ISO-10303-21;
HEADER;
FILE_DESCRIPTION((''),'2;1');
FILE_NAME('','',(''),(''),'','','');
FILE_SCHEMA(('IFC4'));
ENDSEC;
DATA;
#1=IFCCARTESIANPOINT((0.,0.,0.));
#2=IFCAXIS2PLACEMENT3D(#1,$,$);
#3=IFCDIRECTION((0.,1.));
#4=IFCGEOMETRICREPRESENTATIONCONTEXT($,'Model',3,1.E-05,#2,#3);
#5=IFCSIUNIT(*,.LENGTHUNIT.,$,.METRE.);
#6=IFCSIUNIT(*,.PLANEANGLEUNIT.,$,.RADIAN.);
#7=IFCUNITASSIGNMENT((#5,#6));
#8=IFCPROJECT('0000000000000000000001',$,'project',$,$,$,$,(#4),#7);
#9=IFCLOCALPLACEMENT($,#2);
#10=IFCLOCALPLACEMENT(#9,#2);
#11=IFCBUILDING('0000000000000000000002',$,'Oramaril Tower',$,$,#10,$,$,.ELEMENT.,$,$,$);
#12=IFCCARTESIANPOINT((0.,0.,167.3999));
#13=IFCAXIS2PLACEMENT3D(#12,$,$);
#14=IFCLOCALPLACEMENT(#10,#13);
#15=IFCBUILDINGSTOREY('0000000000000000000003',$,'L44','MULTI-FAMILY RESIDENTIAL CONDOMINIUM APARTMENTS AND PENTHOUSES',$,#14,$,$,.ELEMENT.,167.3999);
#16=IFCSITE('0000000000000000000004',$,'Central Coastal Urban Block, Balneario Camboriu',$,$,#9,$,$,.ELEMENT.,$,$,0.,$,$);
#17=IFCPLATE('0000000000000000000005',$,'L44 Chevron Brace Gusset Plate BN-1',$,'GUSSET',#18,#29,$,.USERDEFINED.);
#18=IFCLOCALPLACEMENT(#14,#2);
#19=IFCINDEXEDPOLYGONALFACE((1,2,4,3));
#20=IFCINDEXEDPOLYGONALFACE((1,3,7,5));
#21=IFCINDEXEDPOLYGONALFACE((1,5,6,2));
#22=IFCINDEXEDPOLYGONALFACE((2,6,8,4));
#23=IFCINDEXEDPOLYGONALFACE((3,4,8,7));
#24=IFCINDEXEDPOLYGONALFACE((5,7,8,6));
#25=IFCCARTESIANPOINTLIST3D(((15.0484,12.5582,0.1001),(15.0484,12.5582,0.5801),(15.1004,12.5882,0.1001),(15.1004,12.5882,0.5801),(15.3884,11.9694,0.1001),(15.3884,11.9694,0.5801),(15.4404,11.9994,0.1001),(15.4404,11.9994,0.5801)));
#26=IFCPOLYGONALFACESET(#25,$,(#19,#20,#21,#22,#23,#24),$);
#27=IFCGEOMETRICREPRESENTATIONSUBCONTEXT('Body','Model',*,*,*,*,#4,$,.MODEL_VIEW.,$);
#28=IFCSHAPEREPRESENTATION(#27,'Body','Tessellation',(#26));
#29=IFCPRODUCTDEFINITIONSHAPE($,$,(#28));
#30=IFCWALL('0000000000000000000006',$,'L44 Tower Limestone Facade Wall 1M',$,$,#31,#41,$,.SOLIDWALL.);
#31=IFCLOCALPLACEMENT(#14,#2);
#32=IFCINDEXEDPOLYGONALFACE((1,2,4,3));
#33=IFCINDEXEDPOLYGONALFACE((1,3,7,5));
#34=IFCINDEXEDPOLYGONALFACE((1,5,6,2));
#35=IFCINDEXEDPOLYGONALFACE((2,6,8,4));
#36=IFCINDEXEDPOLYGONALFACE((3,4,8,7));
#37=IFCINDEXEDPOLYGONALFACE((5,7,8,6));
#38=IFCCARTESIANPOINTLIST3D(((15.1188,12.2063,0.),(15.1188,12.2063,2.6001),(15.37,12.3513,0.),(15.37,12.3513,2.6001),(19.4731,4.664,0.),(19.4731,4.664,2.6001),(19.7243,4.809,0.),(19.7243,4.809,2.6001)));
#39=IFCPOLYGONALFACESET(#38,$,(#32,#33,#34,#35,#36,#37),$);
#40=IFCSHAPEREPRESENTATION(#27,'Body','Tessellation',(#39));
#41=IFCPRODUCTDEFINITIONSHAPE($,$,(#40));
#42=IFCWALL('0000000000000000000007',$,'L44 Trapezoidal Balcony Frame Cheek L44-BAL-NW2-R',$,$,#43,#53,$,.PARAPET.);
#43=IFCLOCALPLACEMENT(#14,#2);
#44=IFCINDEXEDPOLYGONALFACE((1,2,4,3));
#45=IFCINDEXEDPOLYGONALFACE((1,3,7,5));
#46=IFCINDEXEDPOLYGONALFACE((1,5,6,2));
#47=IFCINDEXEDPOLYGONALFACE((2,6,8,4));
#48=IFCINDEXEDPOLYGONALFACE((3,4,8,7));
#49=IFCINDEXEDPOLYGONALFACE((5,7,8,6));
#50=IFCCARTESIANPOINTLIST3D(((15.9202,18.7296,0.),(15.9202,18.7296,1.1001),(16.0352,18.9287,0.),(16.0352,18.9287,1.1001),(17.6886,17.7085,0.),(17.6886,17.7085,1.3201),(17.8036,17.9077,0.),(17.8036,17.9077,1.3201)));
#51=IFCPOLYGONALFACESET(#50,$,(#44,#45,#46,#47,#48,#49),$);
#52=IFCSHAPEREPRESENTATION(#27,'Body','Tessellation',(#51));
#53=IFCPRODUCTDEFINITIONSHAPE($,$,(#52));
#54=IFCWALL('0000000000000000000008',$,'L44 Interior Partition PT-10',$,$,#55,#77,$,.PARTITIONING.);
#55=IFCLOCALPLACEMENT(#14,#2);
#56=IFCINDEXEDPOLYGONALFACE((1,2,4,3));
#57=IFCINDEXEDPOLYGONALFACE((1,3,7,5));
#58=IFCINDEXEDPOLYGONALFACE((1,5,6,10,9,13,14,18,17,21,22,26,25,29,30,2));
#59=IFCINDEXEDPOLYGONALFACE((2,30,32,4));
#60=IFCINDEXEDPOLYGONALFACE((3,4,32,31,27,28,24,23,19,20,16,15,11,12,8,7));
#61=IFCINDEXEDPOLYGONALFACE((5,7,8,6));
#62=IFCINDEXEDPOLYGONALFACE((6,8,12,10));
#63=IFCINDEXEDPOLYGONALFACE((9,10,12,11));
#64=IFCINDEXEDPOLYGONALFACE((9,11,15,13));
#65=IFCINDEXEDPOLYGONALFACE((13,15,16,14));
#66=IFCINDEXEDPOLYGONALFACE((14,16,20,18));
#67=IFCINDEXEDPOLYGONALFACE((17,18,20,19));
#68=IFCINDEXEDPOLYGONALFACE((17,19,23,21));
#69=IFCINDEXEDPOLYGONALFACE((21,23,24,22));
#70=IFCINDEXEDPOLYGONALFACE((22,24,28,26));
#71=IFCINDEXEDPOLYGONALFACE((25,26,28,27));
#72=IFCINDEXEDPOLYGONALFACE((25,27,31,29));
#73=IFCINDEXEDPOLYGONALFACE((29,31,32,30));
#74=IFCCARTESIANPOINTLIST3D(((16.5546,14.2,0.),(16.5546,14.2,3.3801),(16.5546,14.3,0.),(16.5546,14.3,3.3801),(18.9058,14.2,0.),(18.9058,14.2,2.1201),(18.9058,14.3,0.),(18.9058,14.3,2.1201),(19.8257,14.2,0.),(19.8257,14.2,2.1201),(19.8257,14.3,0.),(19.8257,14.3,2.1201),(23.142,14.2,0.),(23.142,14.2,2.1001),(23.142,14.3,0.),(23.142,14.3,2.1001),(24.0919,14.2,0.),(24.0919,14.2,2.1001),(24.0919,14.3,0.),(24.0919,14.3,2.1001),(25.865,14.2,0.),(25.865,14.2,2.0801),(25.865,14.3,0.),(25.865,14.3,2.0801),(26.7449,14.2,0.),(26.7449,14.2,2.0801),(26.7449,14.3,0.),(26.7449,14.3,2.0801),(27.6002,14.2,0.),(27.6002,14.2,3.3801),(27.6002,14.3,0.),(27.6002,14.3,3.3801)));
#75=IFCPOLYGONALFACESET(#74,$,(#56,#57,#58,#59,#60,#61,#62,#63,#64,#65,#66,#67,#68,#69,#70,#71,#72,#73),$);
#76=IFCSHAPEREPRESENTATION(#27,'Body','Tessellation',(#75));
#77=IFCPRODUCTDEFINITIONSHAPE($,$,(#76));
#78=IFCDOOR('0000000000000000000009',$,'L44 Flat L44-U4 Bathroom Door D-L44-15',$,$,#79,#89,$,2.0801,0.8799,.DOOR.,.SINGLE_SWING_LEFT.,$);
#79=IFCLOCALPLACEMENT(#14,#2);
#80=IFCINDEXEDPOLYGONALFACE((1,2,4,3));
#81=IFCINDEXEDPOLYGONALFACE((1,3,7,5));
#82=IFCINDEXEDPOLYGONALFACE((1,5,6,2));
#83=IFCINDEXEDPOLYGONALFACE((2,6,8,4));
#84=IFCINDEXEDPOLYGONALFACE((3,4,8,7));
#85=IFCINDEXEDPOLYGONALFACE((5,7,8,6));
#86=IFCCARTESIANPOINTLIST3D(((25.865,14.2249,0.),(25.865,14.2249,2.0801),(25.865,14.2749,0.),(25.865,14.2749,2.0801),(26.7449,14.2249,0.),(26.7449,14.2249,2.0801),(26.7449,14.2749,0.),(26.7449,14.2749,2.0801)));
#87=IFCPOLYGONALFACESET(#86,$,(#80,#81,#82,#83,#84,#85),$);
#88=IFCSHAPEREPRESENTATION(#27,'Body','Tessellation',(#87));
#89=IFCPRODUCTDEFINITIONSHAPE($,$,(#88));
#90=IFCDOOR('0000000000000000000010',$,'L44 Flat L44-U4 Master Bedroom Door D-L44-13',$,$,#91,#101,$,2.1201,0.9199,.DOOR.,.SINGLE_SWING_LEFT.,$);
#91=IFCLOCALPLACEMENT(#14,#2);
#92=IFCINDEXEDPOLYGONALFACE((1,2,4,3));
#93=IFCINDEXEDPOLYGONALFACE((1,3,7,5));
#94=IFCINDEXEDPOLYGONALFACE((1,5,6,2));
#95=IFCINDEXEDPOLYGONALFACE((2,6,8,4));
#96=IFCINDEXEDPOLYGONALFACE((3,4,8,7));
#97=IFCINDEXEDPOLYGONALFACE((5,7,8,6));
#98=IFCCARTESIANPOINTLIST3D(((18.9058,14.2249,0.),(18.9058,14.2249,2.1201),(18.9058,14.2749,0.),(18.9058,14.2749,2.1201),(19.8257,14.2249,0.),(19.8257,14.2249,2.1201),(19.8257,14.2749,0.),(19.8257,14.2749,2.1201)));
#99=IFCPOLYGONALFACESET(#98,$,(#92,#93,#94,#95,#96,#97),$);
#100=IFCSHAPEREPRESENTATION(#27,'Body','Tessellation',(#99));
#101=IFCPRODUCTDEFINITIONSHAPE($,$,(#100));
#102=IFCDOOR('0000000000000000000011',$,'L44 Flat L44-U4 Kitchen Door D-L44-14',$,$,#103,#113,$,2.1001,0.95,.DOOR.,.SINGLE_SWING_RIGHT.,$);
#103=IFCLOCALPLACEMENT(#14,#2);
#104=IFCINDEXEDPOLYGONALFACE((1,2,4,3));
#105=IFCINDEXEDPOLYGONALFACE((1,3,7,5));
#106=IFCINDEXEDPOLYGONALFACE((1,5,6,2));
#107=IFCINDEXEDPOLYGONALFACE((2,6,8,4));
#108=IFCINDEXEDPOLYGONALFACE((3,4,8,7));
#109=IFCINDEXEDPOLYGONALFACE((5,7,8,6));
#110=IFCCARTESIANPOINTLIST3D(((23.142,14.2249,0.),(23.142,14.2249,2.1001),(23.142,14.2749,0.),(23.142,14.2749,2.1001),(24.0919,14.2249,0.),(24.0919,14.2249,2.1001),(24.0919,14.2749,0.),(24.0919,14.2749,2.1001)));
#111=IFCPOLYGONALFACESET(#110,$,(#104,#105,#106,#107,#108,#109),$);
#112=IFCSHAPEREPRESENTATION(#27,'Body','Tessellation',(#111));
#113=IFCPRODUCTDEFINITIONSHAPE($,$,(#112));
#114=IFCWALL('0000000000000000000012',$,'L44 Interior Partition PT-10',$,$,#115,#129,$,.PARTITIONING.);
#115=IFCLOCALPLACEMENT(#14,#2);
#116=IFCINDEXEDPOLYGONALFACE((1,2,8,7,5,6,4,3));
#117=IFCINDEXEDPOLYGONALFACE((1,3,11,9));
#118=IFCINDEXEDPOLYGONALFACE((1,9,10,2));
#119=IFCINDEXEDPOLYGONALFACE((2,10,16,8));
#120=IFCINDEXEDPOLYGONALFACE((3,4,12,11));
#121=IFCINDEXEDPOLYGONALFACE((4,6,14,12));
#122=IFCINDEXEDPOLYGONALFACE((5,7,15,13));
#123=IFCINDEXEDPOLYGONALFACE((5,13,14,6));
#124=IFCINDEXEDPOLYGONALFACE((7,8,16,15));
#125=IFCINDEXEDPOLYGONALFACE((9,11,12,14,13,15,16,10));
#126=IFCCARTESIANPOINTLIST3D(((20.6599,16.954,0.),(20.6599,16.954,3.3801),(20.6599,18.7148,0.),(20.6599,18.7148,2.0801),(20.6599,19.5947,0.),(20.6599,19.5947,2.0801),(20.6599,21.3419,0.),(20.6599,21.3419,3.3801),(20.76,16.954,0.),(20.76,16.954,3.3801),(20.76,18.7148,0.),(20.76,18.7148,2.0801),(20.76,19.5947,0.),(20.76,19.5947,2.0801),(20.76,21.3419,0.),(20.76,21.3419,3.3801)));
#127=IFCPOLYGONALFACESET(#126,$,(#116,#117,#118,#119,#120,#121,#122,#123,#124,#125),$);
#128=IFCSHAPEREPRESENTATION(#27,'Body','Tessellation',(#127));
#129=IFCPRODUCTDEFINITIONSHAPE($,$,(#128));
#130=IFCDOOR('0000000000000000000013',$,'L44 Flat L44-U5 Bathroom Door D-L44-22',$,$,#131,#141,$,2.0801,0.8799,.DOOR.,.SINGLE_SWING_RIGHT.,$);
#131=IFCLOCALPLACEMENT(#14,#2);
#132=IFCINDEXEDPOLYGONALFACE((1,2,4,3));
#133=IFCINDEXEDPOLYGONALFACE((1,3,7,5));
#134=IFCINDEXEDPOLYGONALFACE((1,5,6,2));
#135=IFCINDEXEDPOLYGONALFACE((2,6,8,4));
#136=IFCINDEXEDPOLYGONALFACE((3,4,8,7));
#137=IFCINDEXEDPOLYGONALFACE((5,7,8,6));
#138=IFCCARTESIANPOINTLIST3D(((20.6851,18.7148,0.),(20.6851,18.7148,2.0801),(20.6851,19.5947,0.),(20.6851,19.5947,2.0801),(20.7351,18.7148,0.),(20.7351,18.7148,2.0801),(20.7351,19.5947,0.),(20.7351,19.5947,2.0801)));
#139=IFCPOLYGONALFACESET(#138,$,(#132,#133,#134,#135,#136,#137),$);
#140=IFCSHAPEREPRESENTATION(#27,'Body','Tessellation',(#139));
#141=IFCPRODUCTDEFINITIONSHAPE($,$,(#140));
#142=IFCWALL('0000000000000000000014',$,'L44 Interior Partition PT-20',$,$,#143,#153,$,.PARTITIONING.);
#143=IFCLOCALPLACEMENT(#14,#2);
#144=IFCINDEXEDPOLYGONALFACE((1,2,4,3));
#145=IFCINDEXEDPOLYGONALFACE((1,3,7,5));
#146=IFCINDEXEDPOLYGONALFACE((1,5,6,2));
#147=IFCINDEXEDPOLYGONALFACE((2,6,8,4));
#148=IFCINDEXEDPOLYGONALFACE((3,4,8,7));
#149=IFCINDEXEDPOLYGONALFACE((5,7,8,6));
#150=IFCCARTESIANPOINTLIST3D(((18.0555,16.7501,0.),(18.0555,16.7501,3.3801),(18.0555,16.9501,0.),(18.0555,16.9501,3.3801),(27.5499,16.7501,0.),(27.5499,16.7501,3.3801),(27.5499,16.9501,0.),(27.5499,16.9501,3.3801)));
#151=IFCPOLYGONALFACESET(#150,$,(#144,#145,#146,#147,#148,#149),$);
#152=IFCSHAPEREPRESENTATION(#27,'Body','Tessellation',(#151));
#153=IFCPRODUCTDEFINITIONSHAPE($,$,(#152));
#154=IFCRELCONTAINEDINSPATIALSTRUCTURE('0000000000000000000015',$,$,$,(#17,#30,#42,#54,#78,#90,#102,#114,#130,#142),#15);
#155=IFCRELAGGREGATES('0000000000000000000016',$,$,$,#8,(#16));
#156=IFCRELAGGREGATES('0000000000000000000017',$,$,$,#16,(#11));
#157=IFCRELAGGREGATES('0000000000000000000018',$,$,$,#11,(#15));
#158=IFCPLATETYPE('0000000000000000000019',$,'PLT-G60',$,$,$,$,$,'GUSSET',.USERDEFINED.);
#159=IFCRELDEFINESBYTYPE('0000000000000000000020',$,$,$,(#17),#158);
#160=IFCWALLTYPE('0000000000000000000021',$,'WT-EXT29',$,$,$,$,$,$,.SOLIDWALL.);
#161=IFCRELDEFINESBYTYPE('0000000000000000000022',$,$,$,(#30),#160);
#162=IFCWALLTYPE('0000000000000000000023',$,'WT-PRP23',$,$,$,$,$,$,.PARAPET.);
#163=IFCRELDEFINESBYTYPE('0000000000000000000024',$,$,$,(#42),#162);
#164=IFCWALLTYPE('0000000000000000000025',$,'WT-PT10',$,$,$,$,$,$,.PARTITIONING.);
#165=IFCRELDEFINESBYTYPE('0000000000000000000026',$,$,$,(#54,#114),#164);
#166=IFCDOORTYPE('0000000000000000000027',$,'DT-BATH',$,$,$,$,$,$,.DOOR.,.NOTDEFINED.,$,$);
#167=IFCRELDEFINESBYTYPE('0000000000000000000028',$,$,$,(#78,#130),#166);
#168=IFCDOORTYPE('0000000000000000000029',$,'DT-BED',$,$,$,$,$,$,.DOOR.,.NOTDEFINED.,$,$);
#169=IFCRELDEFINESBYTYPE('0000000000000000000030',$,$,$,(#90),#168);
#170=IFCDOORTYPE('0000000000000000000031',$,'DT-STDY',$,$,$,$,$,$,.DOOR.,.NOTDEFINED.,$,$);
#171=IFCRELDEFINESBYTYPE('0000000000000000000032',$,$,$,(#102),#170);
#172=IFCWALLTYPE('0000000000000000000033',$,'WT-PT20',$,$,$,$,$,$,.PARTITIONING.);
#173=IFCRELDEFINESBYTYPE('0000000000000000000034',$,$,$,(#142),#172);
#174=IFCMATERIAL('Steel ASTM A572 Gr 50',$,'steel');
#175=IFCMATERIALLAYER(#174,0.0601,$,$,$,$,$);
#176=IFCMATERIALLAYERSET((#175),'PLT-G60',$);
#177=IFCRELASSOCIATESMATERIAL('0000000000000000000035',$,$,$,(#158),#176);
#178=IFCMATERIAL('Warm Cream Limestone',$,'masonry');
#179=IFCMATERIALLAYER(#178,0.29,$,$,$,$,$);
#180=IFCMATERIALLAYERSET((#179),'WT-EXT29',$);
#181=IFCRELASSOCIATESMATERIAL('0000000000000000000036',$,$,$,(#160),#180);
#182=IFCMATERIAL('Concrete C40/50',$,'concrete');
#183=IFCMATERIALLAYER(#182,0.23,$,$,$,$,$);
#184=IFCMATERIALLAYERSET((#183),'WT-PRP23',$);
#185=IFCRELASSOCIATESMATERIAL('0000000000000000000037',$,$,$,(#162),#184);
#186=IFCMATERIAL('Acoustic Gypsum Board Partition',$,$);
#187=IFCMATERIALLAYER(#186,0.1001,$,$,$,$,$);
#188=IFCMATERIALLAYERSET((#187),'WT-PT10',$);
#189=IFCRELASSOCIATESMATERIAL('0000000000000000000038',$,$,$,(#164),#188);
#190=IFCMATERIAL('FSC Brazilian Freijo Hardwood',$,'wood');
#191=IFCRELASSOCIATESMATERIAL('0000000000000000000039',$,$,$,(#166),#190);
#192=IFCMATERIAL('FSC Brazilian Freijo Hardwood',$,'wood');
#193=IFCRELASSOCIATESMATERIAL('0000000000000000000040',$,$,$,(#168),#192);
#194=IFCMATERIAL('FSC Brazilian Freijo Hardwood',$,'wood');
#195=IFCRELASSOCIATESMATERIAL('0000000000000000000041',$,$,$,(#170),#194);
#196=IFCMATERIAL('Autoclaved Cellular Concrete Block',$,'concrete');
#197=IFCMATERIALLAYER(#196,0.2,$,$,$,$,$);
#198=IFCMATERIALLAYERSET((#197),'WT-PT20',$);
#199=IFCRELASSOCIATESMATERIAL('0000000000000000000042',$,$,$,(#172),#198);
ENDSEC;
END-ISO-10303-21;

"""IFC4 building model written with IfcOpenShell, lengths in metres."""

from ifc_helpers import new_model, si_unit, direction, frame, frame_2d, origin, origin_2d, place, context, subcontext, project, spatial, polyline, rectangle, outline, extrude, material, layer, layer_set, type_object, element, fill, save


model = new_model("IFC4")

# Units and contexts
model_context = context("Model", 3, precision=1e-05, world=origin(), true_north=direction((0.0, 1.0)))
body_context = subcontext(model_context, "Body", "Model", "MODEL_VIEW")
ifc_project = project(units=[si_unit("LENGTHUNIT", "METRE"), si_unit("PLANEANGLEUNIT", "RADIAN")], contexts=[model_context])

# Site, building, storey
site_placement = place(None, origin())
site = spatial("IfcSite", under=ifc_project, at=site_placement, Name="Central Coastal Urban Block, Balneario Camboriu", CompositionType="ELEMENT", RefElevation=0.0)
building_placement = place(site_placement, origin())
building = spatial("IfcBuilding", under=site, at=building_placement, Name="Oramaril Tower", CompositionType="ELEMENT")
storey_placement = place(building_placement, frame((0.0, 0.0, 167.3999)))
storey = spatial("IfcBuildingStorey", under=building, at=storey_placement, Name="L44", Description="MULTI-FAMILY RESIDENTIAL CONDOMINIUM APARTMENTS AND PENTHOUSES", CompositionType="ELEMENT", Elevation=167.3999)

# Plate
ifc_material_1 = material(Name="Steel ASTM A572 Gr 50", Category="steel")
ifc_layer_1 = layer(ifc_material_1, 0.0601)
ifc_layer_set_1 = layer_set([ifc_layer_1], Name="PLT-G60")
plate_type = type_object("IfcPlateType", Name="PLT-G60", ElementType="GUSSET", PredefinedType="USERDEFINED", material=ifc_layer_set_1)
plate_placement = place(storey_placement, frame((15.2444, 12.2788, 0.1001), z_axis=(0.0, 0.0, 1.0), x_axis=(0.499997, -0.866027, 0.0)))
element("IfcPlate", 1, at=plate_placement, inside=storey, type_object=plate_type, Name="L44 Chevron Brace Gusset Plate BN-1", ObjectType="GUSSET", PredefinedType="USERDEFINED", context=body_context, shape_type="SweptSolid", body=[
    extrude(rectangle(XDim=0.6799, YDim=0.0601, at=origin_2d()), origin(), (0.0, 0.0, 1.0), 0.48),
])

# Walls
ifc_material_2 = material(Name="Warm Cream Limestone", Category="masonry")
ifc_layer_2 = layer(ifc_material_2, 0.29)
ifc_layer_set_2 = layer_set([ifc_layer_2], Name="WT-EXT29")
wall_type_1 = type_object("IfcWallType", Name="WT-EXT29", PredefinedType="SOLIDWALL", material=ifc_layer_set_2)
wall_1_placement = place(storey_placement, frame((15.2444, 12.2788, 0.0), z_axis=(0.0, 0.0, 1.0), x_axis=(0.499977, -0.866039, 0.0)))
element("IfcWall", 2, at=wall_1_placement, inside=storey, type_object=wall_type_1, Name="L44 Tower Limestone Facade Wall 1M", PredefinedType="SOLIDWALL", context=body_context, shape_type="SweptSolid", body=[
    extrude(rectangle(XDim=8.709, YDim=0.29, at=frame_2d((4.3545, 0.0))), origin(), (0.0, 0.0, 1.0), 2.6001),
])
ifc_material_3 = material(Name="Concrete C40/50", Category="concrete")
ifc_layer_3 = layer(ifc_material_3, 0.23)
ifc_layer_set_3 = layer_set([ifc_layer_3], Name="WT-PRP23")
wall_type_2 = type_object("IfcWallType", Name="WT-PRP23", PredefinedType="PARAPET", material=ifc_layer_set_3)
wall_2_placement = place(storey_placement, frame((17.7461, 17.8081, 0.0), z_axis=(0.0, 0.0, 1.0), x_axis=(-0.866012, 0.500023, 0.0)))
element("IfcWall", 3, at=wall_2_placement, inside=storey, type_object=wall_type_2, Name="L44 Trapezoidal Balcony Frame Cheek L44-BAL-NW2-R", PredefinedType="PARAPET", context=body_context, shape_type="SweptSolid", body=[
    extrude(outline(polyline([(0.0, 0.0), (2.042, 0.0), (2.042, 1.1001), (0.0, 1.3201), (0.0, 0.0)])), frame((0.0, 0.115, 0.0), z_axis=(0.0, -1.0, 0.0), x_axis=(1.0, 0.0, 0.0)), (0.0, 0.0, 1.0), 0.23),
])

# Wall, openings, doors
ifc_material_4 = material(Name="Acoustic Gypsum Board Partition")
ifc_layer_4 = layer(ifc_material_4, 0.1001)
ifc_layer_set_4 = layer_set([ifc_layer_4], Name="WT-PT10")
wall_type_3 = type_object("IfcWallType", Name="WT-PT10", PredefinedType="PARTITIONING", material=ifc_layer_set_4)
wall_3_placement = place(storey_placement, frame((16.5544, 14.25, 0.0), z_axis=(0.0, 0.0, 1.0), x_axis=(1.0, 0.0, 0.0)))
wall_3 = element("IfcWall", 4, at=wall_3_placement, inside=storey, type_object=wall_type_3, Name="L44 Interior Partition PT-10", PredefinedType="PARTITIONING", context=body_context, shape_type="SweptSolid", body=[
    extrude(rectangle(XDim=11.0457, YDim=0.1001, at=frame_2d((5.5229, 0.0))), origin(), (0.0, 0.0, 1.0), 3.3801),
])
opening_1_placement = place(wall_3_placement, frame((2.3513, 0.0, 0.0)))
opening_1 = element("IfcOpeningElement", 5, at=opening_1_placement, cuts=wall_3, PredefinedType="OPENING", context=body_context, shape_type="SweptSolid", body=[
    extrude(rectangle(XDim=0.9199, YDim=2.1201, at=frame_2d((0.46, 1.0601))), frame((0.0, 0.05, 0.0), z_axis=(0.0, -1.0, 0.0), x_axis=(1.0, 0.0, 0.0)), (0.0, 0.0, 1.0), 0.1001),
])
opening_2_placement = place(wall_3_placement, frame((6.5874, 0.0, 0.0)))
opening_2 = element("IfcOpeningElement", 6, at=opening_2_placement, cuts=wall_3, PredefinedType="OPENING", context=body_context, shape_type="SweptSolid", body=[
    extrude(rectangle(XDim=0.95, YDim=2.1001, at=frame_2d((0.4751, 1.05))), frame((0.0, 0.05, 0.0), z_axis=(0.0, -1.0, 0.0), x_axis=(1.0, 0.0, 0.0)), (0.0, 0.0, 1.0), 0.1001),
])
opening_3_placement = place(wall_3_placement, frame((9.3105, 0.0, 0.0)))
opening_3 = element("IfcOpeningElement", 7, at=opening_3_placement, cuts=wall_3, PredefinedType="OPENING", context=body_context, shape_type="SweptSolid", body=[
    extrude(rectangle(XDim=0.8799, YDim=2.0801, at=frame_2d((0.4399, 1.04))), frame((0.0, 0.05, 0.0), z_axis=(0.0, -1.0, 0.0), x_axis=(1.0, 0.0, 0.0)), (0.0, 0.0, 1.0), 0.1001),
])
ifc_material_5 = material(Name="FSC Brazilian Freijo Hardwood", Category="wood")
door_type_1 = type_object("IfcDoorType", Name="DT-BATH", OperationType="NOTDEFINED", PredefinedType="DOOR", material=ifc_material_5)
door_1_placement = place(opening_3_placement, origin())
door_1 = element("IfcDoor", 8, at=door_1_placement, inside=storey, type_object=door_type_1, Name="L44 Flat L44-U4 Bathroom Door D-L44-15", OperationType="SINGLE_SWING_LEFT", OverallHeight=2.0801, OverallWidth=0.8799, PredefinedType="DOOR", context=body_context, shape_type="SweptSolid", body=[
    extrude(rectangle(XDim=0.8799, YDim=2.0801, at=frame_2d((0.4399, 1.04))), frame((0.0, 0.0249, 0.0), z_axis=(0.0, -1.0, 0.0), x_axis=(1.0, 0.0, 0.0)), (0.0, 0.0, 1.0), 0.05),
])
fill(opening_3, door_1)
ifc_material_6 = material(Name="FSC Brazilian Freijo Hardwood", Category="wood")
door_type_2 = type_object("IfcDoorType", Name="DT-BED", OperationType="NOTDEFINED", PredefinedType="DOOR", material=ifc_material_6)
door_2_placement = place(opening_1_placement, origin())
door_2 = element("IfcDoor", 9, at=door_2_placement, inside=storey, type_object=door_type_2, Name="L44 Flat L44-U4 Master Bedroom Door D-L44-13", OperationType="SINGLE_SWING_LEFT", OverallHeight=2.1201, OverallWidth=0.9199, PredefinedType="DOOR", context=body_context, shape_type="SweptSolid", body=[
    extrude(rectangle(XDim=0.9199, YDim=2.1201, at=frame_2d((0.46, 1.0601))), frame((0.0, 0.0249, 0.0), z_axis=(0.0, -1.0, 0.0), x_axis=(1.0, 0.0, 0.0)), (0.0, 0.0, 1.0), 0.05),
])
fill(opening_1, door_2)
ifc_material_7 = material(Name="FSC Brazilian Freijo Hardwood", Category="wood")
door_type_3 = type_object("IfcDoorType", Name="DT-STDY", OperationType="NOTDEFINED", PredefinedType="DOOR", material=ifc_material_7)
door_3_placement = place(opening_2_placement, origin())
door_3 = element("IfcDoor", 10, at=door_3_placement, inside=storey, type_object=door_type_3, Name="L44 Flat L44-U4 Kitchen Door D-L44-14", OperationType="SINGLE_SWING_RIGHT", OverallHeight=2.1001, OverallWidth=0.95, PredefinedType="DOOR", context=body_context, shape_type="SweptSolid", body=[
    extrude(rectangle(XDim=0.95, YDim=2.1001, at=frame_2d((0.4751, 1.05))), frame((0.0, 0.0249, 0.0), z_axis=(0.0, -1.0, 0.0), x_axis=(1.0, 0.0, 0.0)), (0.0, 0.0, 1.0), 0.05),
])
fill(opening_2, door_3)

# Wall, opening, door
wall_4_placement = place(storey_placement, frame((20.71, 16.9541, 0.0), z_axis=(0.0, 0.0, 1.0), x_axis=(0.0, 1.0, 0.0)))
wall_4 = element("IfcWall", 11, at=wall_4_placement, inside=storey, type_object=wall_type_3, Name="L44 Interior Partition PT-10", PredefinedType="PARTITIONING", context=body_context, shape_type="SweptSolid", body=[
    extrude(rectangle(XDim=4.3879, YDim=0.1001, at=frame_2d((2.1938, 0.0))), origin(), (0.0, 0.0, 1.0), 3.3801),
])
opening_4_placement = place(wall_4_placement, frame((1.7607, 0.0, 0.0)))
opening_4 = element("IfcOpeningElement", 12, at=opening_4_placement, cuts=wall_4, PredefinedType="OPENING", context=body_context, shape_type="SweptSolid", body=[
    extrude(rectangle(XDim=0.8799, YDim=2.0801, at=frame_2d((0.4399, 1.04))), frame((0.0, 0.05, 0.0), z_axis=(0.0, -1.0, 0.0), x_axis=(1.0, 0.0, 0.0)), (0.0, 0.0, 1.0), 0.1001),
])
door_4_placement = place(opening_4_placement, origin())
door_4 = element("IfcDoor", 13, at=door_4_placement, inside=storey, type_object=door_type_1, Name="L44 Flat L44-U5 Bathroom Door D-L44-22", OperationType="SINGLE_SWING_RIGHT", OverallHeight=2.0801, OverallWidth=0.8799, PredefinedType="DOOR", context=body_context, shape_type="SweptSolid", body=[
    extrude(rectangle(XDim=0.8799, YDim=2.0801, at=frame_2d((0.4399, 1.04))), frame((0.0, 0.0249, 0.0), z_axis=(0.0, -1.0, 0.0), x_axis=(1.0, 0.0, 0.0)), (0.0, 0.0, 1.0), 0.05),
])
fill(opening_4, door_4)

# Wall
ifc_material_8 = material(Name="Autoclaved Cellular Concrete Block", Category="concrete")
ifc_layer_5 = layer(ifc_material_8, 0.2)
ifc_layer_set_5 = layer_set([ifc_layer_5], Name="WT-PT20")
wall_type_4 = type_object("IfcWallType", Name="WT-PT20", PredefinedType="PARTITIONING", material=ifc_layer_set_5)
wall_5_placement = place(storey_placement, frame((18.0557, 16.8501, 0.0), z_axis=(0.0, 0.0, 1.0), x_axis=(1.0, 0.0, 0.0)))
element("IfcWall", 14, at=wall_5_placement, inside=storey, type_object=wall_type_4, Name="L44 Interior Partition PT-20", PredefinedType="PARTITIONING", context=body_context, shape_type="SweptSolid", body=[
    extrude(rectangle(XDim=9.4944, YDim=0.2, at=frame_2d((4.7471, 0.0))), origin(), (0.0, 0.0, 1.0), 3.3801),
])

save(model, "model.ifc")
